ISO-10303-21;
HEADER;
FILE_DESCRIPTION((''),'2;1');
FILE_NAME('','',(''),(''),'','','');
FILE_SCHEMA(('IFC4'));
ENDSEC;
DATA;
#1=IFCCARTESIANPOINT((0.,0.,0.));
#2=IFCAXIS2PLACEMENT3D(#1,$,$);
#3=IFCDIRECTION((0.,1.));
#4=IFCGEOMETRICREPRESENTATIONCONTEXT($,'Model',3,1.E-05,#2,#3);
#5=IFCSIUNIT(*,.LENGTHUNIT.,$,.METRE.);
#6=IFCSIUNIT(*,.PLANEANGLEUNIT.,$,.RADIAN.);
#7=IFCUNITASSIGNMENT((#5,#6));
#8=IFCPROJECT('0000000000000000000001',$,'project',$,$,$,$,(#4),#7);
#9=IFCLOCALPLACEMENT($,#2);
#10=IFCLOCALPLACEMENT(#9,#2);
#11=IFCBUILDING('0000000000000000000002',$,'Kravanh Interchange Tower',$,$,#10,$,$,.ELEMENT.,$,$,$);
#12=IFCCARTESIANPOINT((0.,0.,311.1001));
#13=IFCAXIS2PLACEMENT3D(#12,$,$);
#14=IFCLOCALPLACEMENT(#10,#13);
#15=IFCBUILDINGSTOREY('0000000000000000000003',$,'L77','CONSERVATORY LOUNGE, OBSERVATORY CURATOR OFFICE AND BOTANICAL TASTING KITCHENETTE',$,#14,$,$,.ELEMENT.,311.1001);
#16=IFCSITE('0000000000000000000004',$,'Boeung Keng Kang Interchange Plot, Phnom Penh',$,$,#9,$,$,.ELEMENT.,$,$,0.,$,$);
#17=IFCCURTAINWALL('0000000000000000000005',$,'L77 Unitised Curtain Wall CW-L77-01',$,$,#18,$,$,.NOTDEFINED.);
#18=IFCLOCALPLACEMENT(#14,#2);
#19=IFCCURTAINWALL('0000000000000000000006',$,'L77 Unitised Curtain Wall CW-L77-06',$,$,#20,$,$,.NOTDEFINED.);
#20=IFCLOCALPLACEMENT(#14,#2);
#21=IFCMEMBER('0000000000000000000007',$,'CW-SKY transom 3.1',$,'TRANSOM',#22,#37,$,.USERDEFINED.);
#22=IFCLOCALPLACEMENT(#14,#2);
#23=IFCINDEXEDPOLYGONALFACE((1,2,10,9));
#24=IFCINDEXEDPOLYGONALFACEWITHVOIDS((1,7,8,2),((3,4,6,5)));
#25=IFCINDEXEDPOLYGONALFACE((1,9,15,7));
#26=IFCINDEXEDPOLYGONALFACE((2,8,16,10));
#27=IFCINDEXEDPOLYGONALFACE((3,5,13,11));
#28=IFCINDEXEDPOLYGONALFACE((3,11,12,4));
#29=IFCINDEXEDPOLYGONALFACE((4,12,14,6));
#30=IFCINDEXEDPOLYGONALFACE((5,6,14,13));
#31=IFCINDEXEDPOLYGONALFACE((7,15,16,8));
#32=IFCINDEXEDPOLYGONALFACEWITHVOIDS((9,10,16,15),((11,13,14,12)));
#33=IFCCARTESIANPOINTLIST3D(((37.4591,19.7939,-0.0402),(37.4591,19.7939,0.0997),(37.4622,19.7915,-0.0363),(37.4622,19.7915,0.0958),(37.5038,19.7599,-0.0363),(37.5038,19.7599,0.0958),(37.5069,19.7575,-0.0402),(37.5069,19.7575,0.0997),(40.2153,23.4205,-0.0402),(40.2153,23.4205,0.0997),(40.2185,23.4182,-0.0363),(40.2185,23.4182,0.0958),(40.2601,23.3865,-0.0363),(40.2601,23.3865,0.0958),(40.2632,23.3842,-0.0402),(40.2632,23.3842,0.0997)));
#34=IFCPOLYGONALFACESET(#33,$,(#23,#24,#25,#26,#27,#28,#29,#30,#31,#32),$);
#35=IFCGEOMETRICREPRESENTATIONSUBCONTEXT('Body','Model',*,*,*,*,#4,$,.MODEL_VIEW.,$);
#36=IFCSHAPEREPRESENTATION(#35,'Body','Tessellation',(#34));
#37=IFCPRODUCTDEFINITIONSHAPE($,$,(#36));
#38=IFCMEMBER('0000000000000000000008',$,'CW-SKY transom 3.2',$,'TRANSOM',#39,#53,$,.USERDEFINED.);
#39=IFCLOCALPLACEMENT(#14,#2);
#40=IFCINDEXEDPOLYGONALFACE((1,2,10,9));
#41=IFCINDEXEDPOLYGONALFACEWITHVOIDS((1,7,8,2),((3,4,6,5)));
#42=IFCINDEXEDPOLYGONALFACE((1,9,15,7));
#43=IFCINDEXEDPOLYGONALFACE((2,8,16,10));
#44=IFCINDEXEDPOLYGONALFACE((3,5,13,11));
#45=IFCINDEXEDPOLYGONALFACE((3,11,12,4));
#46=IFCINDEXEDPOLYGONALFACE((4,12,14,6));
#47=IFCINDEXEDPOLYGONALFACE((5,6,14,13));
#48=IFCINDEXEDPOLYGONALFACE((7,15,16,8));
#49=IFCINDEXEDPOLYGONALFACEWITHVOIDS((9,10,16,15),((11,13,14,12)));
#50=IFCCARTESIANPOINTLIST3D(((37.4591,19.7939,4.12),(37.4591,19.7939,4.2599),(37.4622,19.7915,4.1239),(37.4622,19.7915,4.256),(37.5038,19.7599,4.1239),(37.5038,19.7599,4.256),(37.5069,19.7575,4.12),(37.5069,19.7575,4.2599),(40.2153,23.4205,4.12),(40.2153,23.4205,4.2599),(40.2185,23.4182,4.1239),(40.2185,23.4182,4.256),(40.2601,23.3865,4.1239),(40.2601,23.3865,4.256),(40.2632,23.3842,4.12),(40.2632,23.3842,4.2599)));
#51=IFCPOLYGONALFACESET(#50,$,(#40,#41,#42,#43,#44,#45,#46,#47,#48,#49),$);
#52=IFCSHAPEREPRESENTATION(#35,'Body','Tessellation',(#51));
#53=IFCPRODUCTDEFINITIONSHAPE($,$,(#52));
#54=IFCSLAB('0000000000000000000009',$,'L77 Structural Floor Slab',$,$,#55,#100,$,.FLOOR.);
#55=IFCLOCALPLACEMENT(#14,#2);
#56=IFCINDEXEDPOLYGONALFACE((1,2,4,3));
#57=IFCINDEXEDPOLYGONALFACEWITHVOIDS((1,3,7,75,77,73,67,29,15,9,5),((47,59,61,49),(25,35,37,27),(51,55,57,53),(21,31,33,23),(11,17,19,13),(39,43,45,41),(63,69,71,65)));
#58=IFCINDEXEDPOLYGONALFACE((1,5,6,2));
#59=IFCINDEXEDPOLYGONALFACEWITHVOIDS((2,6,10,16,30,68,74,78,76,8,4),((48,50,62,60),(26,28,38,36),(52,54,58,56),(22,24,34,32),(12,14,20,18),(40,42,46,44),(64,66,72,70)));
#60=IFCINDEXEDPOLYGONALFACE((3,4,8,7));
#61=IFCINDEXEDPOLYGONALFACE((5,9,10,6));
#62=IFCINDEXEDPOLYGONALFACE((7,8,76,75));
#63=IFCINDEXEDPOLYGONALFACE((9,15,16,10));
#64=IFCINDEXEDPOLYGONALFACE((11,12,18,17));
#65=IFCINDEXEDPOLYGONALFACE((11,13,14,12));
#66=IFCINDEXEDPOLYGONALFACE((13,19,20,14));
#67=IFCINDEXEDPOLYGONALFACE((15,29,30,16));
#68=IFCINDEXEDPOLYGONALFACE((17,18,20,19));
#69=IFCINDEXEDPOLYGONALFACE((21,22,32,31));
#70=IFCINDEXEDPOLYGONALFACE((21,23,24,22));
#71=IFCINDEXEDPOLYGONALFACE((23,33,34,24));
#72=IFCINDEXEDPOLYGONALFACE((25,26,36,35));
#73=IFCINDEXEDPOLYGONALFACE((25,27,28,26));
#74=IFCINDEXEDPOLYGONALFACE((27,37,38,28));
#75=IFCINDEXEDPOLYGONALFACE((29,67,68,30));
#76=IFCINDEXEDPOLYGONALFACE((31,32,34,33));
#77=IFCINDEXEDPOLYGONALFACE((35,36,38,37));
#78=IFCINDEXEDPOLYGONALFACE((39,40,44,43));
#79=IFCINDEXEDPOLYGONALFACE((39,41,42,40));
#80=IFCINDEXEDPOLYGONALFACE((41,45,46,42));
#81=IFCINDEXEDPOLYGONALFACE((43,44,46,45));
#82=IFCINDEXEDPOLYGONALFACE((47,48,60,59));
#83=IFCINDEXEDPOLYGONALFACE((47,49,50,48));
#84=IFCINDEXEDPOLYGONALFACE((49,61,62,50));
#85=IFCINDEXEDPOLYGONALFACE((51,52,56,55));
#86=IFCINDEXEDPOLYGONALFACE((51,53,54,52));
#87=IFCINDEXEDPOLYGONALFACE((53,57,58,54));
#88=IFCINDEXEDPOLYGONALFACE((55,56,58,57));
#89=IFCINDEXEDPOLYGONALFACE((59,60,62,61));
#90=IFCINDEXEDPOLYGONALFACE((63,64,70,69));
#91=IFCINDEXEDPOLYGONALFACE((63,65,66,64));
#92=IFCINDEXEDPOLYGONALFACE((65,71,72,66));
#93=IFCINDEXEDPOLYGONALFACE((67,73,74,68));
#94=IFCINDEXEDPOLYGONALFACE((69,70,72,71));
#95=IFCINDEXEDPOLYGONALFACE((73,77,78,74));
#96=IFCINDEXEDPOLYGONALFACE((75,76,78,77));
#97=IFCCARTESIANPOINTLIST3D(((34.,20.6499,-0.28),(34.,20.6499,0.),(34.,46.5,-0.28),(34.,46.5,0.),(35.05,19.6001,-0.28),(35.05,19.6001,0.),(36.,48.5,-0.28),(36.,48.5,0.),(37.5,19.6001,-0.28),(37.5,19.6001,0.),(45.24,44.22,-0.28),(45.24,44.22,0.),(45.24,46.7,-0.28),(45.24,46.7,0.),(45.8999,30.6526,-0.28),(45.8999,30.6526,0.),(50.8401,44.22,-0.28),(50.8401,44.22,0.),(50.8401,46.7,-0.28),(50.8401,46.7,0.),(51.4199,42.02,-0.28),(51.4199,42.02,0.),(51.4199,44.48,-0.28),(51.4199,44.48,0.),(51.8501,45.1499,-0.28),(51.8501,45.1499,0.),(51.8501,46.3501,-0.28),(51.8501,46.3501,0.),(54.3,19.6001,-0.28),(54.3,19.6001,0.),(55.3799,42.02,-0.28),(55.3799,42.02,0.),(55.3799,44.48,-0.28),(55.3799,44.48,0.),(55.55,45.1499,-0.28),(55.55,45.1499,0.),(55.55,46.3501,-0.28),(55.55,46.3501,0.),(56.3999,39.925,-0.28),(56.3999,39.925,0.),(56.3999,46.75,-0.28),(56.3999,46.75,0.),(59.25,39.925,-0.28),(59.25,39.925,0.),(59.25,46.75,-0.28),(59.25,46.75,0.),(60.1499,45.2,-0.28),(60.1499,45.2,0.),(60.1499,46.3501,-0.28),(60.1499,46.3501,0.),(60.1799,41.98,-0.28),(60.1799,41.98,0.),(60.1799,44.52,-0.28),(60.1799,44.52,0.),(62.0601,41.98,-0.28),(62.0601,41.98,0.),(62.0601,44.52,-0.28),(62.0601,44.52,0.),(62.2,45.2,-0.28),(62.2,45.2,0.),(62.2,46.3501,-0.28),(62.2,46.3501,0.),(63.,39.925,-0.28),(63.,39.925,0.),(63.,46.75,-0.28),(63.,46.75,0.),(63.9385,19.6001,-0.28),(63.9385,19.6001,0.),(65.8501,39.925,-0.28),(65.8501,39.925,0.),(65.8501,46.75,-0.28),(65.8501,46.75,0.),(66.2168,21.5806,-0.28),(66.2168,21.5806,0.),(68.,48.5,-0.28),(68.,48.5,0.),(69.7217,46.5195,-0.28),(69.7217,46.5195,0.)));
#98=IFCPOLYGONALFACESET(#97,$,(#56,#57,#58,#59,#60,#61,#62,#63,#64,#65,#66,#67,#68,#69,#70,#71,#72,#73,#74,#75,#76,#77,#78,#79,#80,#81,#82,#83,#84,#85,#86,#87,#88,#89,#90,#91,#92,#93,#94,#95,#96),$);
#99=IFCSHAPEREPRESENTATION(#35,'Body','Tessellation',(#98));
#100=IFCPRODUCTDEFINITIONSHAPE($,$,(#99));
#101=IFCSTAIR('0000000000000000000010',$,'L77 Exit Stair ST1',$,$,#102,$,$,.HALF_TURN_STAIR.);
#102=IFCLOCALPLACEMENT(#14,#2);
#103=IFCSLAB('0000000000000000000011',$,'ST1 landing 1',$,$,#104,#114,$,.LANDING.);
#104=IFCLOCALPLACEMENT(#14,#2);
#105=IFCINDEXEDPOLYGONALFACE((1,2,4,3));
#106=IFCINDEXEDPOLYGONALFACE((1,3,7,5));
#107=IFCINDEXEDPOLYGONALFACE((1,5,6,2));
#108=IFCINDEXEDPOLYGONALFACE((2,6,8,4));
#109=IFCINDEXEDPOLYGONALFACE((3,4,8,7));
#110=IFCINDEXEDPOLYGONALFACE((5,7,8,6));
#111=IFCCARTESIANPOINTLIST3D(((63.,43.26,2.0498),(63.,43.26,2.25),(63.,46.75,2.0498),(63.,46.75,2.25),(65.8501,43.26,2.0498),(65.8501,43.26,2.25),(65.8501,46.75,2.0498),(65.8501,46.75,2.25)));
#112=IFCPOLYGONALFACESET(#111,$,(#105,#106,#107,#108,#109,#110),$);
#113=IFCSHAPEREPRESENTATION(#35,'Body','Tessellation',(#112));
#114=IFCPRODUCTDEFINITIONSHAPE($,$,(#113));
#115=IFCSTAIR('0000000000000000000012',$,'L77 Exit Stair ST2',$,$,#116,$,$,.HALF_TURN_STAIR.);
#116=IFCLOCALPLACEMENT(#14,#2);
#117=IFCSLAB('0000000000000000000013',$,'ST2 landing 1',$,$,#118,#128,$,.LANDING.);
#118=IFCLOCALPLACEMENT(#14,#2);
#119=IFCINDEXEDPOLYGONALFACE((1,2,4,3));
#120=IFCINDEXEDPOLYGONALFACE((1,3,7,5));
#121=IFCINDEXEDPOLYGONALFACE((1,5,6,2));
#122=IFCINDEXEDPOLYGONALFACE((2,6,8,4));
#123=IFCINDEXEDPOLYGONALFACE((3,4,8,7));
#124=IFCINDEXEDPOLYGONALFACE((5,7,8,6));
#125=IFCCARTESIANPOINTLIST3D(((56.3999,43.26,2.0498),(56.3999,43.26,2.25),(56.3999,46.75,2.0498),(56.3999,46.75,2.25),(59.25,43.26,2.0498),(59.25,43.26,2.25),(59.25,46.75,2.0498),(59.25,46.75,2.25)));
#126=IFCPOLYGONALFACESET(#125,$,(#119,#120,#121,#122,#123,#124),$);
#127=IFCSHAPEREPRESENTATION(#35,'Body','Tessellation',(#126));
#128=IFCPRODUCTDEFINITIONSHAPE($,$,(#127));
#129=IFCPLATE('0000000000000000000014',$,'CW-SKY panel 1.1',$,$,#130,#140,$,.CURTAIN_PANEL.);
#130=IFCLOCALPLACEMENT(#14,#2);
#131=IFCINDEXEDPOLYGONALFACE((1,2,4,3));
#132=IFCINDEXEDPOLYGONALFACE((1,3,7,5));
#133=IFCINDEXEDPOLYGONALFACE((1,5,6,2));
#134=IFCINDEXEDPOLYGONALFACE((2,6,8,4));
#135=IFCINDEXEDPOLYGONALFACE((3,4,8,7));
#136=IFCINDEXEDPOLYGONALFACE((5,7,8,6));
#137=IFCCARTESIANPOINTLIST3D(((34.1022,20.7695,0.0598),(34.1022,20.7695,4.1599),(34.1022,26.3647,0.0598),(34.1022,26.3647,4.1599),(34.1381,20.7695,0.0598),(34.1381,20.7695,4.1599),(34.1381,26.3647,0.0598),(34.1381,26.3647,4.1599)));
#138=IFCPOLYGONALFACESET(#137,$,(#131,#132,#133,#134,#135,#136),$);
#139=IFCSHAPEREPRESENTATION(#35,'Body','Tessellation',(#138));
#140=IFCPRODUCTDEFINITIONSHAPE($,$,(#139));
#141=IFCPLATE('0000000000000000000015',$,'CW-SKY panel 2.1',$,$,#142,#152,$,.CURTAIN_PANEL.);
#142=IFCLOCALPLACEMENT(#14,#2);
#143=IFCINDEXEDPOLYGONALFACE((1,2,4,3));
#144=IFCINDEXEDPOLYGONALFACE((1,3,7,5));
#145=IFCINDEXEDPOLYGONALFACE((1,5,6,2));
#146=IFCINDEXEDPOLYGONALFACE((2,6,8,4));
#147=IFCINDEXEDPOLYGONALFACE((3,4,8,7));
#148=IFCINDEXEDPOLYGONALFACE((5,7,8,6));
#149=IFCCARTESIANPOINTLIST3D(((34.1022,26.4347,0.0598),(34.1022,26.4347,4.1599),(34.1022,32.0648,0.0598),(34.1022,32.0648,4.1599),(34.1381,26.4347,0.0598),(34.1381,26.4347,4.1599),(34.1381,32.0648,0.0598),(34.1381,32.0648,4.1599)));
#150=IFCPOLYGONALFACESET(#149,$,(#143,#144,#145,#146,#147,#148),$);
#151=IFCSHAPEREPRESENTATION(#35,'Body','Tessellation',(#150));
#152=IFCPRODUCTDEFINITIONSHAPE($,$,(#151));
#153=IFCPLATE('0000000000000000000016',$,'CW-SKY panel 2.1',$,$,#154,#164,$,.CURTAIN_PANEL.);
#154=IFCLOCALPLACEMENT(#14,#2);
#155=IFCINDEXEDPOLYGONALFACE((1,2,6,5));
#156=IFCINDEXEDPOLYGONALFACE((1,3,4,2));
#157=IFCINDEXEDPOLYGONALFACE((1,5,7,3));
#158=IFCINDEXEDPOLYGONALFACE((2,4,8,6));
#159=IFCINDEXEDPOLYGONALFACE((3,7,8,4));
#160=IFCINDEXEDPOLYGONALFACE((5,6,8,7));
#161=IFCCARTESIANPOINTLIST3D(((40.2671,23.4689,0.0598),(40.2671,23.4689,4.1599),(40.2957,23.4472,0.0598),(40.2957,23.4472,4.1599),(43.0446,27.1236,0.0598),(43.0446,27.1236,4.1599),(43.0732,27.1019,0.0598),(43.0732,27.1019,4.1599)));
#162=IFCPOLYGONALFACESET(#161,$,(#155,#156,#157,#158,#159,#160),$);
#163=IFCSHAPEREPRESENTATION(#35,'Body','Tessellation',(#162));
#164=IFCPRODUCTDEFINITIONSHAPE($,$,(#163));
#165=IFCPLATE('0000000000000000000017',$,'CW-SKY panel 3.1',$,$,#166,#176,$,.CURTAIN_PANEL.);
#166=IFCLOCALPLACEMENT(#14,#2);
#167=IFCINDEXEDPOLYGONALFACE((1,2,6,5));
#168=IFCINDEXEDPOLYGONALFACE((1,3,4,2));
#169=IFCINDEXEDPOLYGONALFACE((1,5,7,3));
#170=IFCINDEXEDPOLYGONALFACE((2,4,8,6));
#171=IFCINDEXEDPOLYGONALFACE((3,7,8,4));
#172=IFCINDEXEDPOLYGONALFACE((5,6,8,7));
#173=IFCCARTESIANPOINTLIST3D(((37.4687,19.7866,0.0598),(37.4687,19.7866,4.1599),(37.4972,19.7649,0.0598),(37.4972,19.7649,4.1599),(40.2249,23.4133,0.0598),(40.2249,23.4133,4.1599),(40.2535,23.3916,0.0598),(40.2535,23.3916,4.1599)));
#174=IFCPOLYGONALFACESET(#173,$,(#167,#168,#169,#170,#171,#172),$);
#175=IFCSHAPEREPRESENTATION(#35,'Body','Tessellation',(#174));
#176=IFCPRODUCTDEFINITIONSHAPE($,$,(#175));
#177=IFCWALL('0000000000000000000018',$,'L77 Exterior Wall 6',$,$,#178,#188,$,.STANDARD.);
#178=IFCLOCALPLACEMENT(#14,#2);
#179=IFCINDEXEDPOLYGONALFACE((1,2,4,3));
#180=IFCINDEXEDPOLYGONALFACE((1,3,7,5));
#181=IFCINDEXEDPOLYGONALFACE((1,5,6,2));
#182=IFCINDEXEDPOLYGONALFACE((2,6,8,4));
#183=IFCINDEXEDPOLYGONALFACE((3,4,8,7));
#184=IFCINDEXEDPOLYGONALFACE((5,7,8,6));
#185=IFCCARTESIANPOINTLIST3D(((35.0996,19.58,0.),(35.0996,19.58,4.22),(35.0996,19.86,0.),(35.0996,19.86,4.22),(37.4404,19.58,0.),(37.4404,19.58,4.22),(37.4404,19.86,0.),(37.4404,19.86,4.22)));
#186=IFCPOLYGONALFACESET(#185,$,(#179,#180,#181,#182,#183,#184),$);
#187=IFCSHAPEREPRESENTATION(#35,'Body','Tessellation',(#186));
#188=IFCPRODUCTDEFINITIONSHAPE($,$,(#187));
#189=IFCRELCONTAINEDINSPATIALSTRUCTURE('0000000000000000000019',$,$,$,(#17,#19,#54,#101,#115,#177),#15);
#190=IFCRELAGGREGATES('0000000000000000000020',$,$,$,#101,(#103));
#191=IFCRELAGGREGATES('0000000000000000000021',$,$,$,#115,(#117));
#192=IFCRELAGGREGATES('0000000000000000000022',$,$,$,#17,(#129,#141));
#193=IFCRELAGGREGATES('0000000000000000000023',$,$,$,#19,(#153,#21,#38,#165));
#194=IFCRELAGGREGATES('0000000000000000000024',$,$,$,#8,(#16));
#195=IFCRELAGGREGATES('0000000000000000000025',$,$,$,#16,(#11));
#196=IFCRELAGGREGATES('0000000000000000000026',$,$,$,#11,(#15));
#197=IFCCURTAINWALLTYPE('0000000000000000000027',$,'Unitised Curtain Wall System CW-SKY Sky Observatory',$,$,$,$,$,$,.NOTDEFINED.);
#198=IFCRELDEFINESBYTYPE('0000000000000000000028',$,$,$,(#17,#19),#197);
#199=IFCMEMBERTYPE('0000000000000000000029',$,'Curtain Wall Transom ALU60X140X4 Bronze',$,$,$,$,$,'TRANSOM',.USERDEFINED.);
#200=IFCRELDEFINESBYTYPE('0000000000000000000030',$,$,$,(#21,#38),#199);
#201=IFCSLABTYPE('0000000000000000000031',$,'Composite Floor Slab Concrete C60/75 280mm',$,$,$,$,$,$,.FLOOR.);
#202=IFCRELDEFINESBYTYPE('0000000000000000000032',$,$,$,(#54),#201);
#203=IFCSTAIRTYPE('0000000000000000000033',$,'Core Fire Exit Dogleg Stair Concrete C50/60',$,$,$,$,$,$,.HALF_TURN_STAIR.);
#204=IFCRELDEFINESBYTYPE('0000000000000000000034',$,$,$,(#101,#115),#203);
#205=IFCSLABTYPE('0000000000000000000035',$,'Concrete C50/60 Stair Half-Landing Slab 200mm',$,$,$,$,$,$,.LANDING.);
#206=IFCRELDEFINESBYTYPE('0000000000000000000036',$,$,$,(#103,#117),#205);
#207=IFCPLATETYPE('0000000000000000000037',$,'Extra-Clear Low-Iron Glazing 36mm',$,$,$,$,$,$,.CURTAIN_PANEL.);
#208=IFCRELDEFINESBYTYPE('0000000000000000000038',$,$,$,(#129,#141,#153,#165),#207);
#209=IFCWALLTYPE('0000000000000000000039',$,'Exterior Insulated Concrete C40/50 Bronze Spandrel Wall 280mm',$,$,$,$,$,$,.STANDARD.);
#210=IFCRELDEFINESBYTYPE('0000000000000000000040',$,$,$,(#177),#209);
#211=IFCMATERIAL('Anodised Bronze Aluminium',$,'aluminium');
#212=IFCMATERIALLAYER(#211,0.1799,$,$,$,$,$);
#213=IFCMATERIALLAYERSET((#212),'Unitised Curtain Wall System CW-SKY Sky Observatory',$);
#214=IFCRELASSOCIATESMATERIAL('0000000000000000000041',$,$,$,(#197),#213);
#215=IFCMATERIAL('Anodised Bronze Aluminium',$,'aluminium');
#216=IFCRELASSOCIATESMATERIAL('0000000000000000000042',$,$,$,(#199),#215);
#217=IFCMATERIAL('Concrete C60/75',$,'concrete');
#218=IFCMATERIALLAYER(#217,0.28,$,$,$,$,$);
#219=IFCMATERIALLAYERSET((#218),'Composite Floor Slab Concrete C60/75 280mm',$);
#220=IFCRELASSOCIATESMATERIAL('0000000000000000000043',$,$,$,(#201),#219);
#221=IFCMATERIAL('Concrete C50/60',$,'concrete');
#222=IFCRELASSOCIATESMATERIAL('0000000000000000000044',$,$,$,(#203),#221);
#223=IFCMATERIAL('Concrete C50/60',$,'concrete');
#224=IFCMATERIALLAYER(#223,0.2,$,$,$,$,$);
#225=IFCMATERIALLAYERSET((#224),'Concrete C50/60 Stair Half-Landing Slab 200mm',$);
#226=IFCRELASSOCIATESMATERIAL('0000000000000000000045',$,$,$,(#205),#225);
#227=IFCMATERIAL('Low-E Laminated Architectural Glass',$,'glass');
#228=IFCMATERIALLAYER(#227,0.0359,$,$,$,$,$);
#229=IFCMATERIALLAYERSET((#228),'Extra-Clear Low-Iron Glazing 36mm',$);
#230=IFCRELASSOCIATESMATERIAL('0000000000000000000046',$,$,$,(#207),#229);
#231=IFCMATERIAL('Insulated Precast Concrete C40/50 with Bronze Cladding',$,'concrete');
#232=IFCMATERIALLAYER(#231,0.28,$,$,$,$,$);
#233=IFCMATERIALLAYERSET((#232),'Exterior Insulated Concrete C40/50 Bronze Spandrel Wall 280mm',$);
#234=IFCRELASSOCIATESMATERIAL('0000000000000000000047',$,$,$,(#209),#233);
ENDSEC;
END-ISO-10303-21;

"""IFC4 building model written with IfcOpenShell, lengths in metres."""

from ifc_helpers import new_model, si_unit, direction, frame, frame_2d, origin, origin_2d, place, context, subcontext, project, spatial, polyline, rectangle, hollow_rectangle, outline, extrude, material, layer, layer_set, material_profile, profile_set, type_object, element, aggregate, save


model = new_model("IFC4")

# Units and contexts
model_context = context("Model", 3, precision=1e-05, world=origin(), true_north=direction((0.0, 1.0)))
body_context = subcontext(model_context, "Body", "Model", "MODEL_VIEW")
ifc_project = project(units=[si_unit("LENGTHUNIT", "METRE"), si_unit("PLANEANGLEUNIT", "RADIAN")], contexts=[model_context])

# Site, building, storey
site_placement = place(None, origin())
site = spatial("IfcSite", under=ifc_project, at=site_placement, Name="Boeung Keng Kang Interchange Plot, Phnom Penh", CompositionType="ELEMENT", RefElevation=0.0)
building_placement = place(site_placement, origin())
building = spatial("IfcBuilding", under=site, at=building_placement, Name="Kravanh Interchange Tower", CompositionType="ELEMENT")
storey_placement = place(building_placement, frame((0.0, 0.0, 311.1001)))
storey = spatial("IfcBuildingStorey", under=building, at=storey_placement, Name="L77", Description="CONSERVATORY LOUNGE, OBSERVATORY CURATOR OFFICE AND BOTANICAL TASTING KITCHENETTE", CompositionType="ELEMENT", Elevation=311.1001)

# Curtain walls
ifc_material_1 = material(Name="Anodised Bronze Aluminium", Category="aluminium")
ifc_layer_1 = layer(ifc_material_1, 0.1799)
ifc_layer_set_1 = layer_set([ifc_layer_1], Name="Unitised Curtain Wall System CW-SKY Sky Observatory")
curtain_wall_type = type_object("IfcCurtainWallType", Name="Unitised Curtain Wall System CW-SKY Sky Observatory", PredefinedType="NOTDEFINED", material=ifc_layer_set_1)
curtain_wall_1_placement = place(storey_placement, origin())
curtain_wall_1 = element("IfcCurtainWall", 1, at=curtain_wall_1_placement, inside=storey, type_object=curtain_wall_type, Name="L77 Unitised Curtain Wall CW-L77-01", PredefinedType="NOTDEFINED")
curtain_wall_2_placement = place(storey_placement, origin())
curtain_wall_2 = element("IfcCurtainWall", 2, at=curtain_wall_2_placement, inside=storey, type_object=curtain_wall_type, Name="L77 Unitised Curtain Wall CW-L77-06", PredefinedType="NOTDEFINED")

# Members
ifc_material_2 = material(Name="Anodised Bronze Aluminium", Category="aluminium")
ifc_material_profile_1 = material_profile(ifc_material_2, hollow_rectangle(XDim=0.0601, YDim=0.1399, WallThickness=0.0039, at=origin_2d()), Name="ALU60X140X4")
ifc_profile_set_1 = profile_set([ifc_material_profile_1], Name="Anodised Bronze Aluminium")
member_type_1 = type_object("IfcMemberType", Name="Curtain Wall Transom ALU60X140X4 Bronze", ElementType="TRANSOM", PredefinedType="USERDEFINED", material=ifc_profile_set_1)
member_1_placement = place(storey_placement, frame((40.2393, 23.4023, 0.0298), z_axis=(-0.60509, -0.796157, 0.0), x_axis=(0.796157, -0.60509, 0.0)))
member_1 = element("IfcMember", 3, at=member_1_placement, type_object=member_type_1, Name="CW-SKY transom 3.1", ObjectType="TRANSOM", PredefinedType="USERDEFINED", context=body_context, shape_type="SweptSolid", body=[
    extrude(hollow_rectangle(XDim=0.0601, YDim=0.1399, WallThickness=0.0039, at=origin_2d()), origin(), (0.0, 0.0, 1.0), 4.5552),
])
member_2_placement = place(storey_placement, frame((40.2393, 23.4023, 4.1899), z_axis=(-0.60509, -0.796157, 0.0), x_axis=(0.796157, -0.60509, 0.0)))
member_2 = element("IfcMember", 4, at=member_2_placement, type_object=member_type_1, Name="CW-SKY transom 3.2", ObjectType="TRANSOM", PredefinedType="USERDEFINED", context=body_context, shape_type="SweptSolid", body=[
    extrude(hollow_rectangle(XDim=0.0601, YDim=0.1399, WallThickness=0.0039, at=origin_2d()), origin(), (0.0, 0.0, 1.0), 4.5552),
])

# Slab
ifc_material_3 = material(Name="Concrete C60/75", Category="concrete")
ifc_layer_2 = layer(ifc_material_3, 0.28)
ifc_layer_set_2 = layer_set([ifc_layer_2], Name="Composite Floor Slab Concrete C60/75 280mm")
slab_type_1 = type_object("IfcSlabType", Name="Composite Floor Slab Concrete C60/75 280mm", PredefinedType="FLOOR", material=ifc_layer_set_2)
slab_1_placement = place(storey_placement, frame((0.0, 0.0, -0.28)))
element("IfcSlab", 5, at=slab_1_placement, inside=storey, type_object=slab_type_1, Name="L77 Structural Floor Slab", PredefinedType="FLOOR", context=body_context, shape_type="SweptSolid", body=[
    extrude(outline(polyline([(34.0, 20.6499), (35.05, 19.6001), (37.5, 19.6001), (45.8999, 30.6526), (54.3, 19.6001), (63.9385, 19.6001), (66.2168, 21.5806), (69.7217, 46.5195), (68.0, 48.5), (36.0, 48.5), (34.0, 46.5), (34.0, 20.6499)]), holes=[polyline([(65.8501, 39.925), (65.8501, 46.75), (63.0, 46.75), (63.0, 39.925), (65.8501, 39.925)]), polyline([(59.25, 39.925), (59.25, 46.75), (56.3999, 46.75), (56.3999, 39.925), (59.25, 39.925)]), polyline([(45.24, 44.22), (50.8401, 44.22), (50.8401, 46.7), (45.24, 46.7), (45.24, 44.22)]), polyline([(51.4199, 42.02), (55.3799, 42.02), (55.3799, 44.48), (51.4199, 44.48), (51.4199, 42.02)]), polyline([(60.1799, 41.98), (62.0601, 41.98), (62.0601, 44.52), (60.1799, 44.52), (60.1799, 41.98)]), polyline([(60.1499, 45.2), (62.2, 45.2), (62.2, 46.3501), (60.1499, 46.3501), (60.1499, 45.2)]), polyline([(51.8501, 45.1499), (55.55, 45.1499), (55.55, 46.3501), (51.8501, 46.3501), (51.8501, 45.1499)])]), origin(), (0.0, 0.0, 1.0), 0.28),
])

# Stairs, slabs
ifc_material_4 = material(Name="Concrete C50/60", Category="concrete")
stair_type = type_object("IfcStairType", Name="Core Fire Exit Dogleg Stair Concrete C50/60", PredefinedType="HALF_TURN_STAIR", material=ifc_material_4)
stair_1_placement = place(storey_placement, origin())
stair_1 = element("IfcStair", 6, at=stair_1_placement, inside=storey, type_object=stair_type, Name="L77 Exit Stair ST1", PredefinedType="HALF_TURN_STAIR")
ifc_material_5 = material(Name="Concrete C50/60", Category="concrete")
ifc_layer_3 = layer(ifc_material_5, 0.2)
ifc_layer_set_3 = layer_set([ifc_layer_3], Name="Concrete C50/60 Stair Half-Landing Slab 200mm")
slab_type_2 = type_object("IfcSlabType", Name="Concrete C50/60 Stair Half-Landing Slab 200mm", PredefinedType="LANDING", material=ifc_layer_set_3)
slab_2_placement = place(storey_placement, frame((0.0, 0.0, 2.0498)))
slab_2 = element("IfcSlab", 7, at=slab_2_placement, type_object=slab_type_2, Name="ST1 landing 1", PredefinedType="LANDING", context=body_context, shape_type="SweptSolid", body=[
    extrude(outline(polyline([(65.8501, 43.26), (65.8501, 46.75), (63.0, 46.75), (63.0, 43.26), (65.8501, 43.26)])), origin(), (0.0, 0.0, 1.0), 0.2002),
])
aggregate(stair_1, [slab_2])
stair_2_placement = place(storey_placement, origin())
stair_2 = element("IfcStair", 8, at=stair_2_placement, inside=storey, type_object=stair_type, Name="L77 Exit Stair ST2", PredefinedType="HALF_TURN_STAIR")
slab_3_placement = place(storey_placement, frame((0.0, 0.0, 2.0498)))
slab_3 = element("IfcSlab", 9, at=slab_3_placement, type_object=slab_type_2, Name="ST2 landing 1", PredefinedType="LANDING", context=body_context, shape_type="SweptSolid", body=[
    extrude(outline(polyline([(59.25, 43.26), (59.25, 46.75), (56.3999, 46.75), (56.3999, 43.26), (59.25, 43.26)])), origin(), (0.0, 0.0, 1.0), 0.2002),
])
aggregate(stair_2, [slab_3])

# Plates
ifc_material_6 = material(Name="Low-E Laminated Architectural Glass", Category="glass")
ifc_layer_4 = layer(ifc_material_6, 0.0359)
ifc_layer_set_4 = layer_set([ifc_layer_4], Name="Extra-Clear Low-Iron Glazing 36mm")
plate_type = type_object("IfcPlateType", Name="Extra-Clear Low-Iron Glazing 36mm", PredefinedType="CURTAIN_PANEL", material=ifc_layer_set_4)
plate_1_placement = place(storey_placement, frame((34.1201, 23.5671, 0.0598), z_axis=(0.0, 0.0, 1.0), x_axis=(0.0, 1.0, 0.0)))
plate_1 = element("IfcPlate", 10, at=plate_1_placement, type_object=plate_type, Name="CW-SKY panel 1.1", PredefinedType="CURTAIN_PANEL", context=body_context, shape_type="SweptSolid", body=[
    extrude(rectangle(XDim=5.5952, YDim=0.0359, at=origin_2d()), origin(), (0.0, 0.0, 1.0), 4.1001),
])
plate_2_placement = place(storey_placement, frame((34.1201, 29.2498, 0.0598), z_axis=(0.0, 0.0, 1.0), x_axis=(0.0, 1.0, 0.0)))
plate_2 = element("IfcPlate", 11, at=plate_2_placement, type_object=plate_type, Name="CW-SKY panel 2.1", PredefinedType="CURTAIN_PANEL", context=body_context, shape_type="SweptSolid", body=[
    extrude(rectangle(XDim=5.6301, YDim=0.0359, at=origin_2d()), origin(), (0.0, 0.0, 1.0), 4.1001),
])
aggregate(curtain_wall_1, [plate_1, plate_2])
plate_3_placement = place(storey_placement, frame((41.6702, 25.2854, 0.0598), z_axis=(0.0, 0.0, 1.0), x_axis=(-0.605084, -0.796162, 0.0)))
plate_3 = element("IfcPlate", 12, at=plate_3_placement, type_object=plate_type, Name="CW-SKY panel 2.1", PredefinedType="CURTAIN_PANEL", context=body_context, shape_type="SweptSolid", body=[
    extrude(rectangle(XDim=4.5903, YDim=0.0359, at=origin_2d()), origin(), (0.0, 0.0, 1.0), 4.1001),
])
plate_4_placement = place(storey_placement, frame((38.8611, 21.5891, 0.0598), z_axis=(0.0, 0.0, 1.0), x_axis=(-0.605084, -0.796162, 0.0)))
plate_4 = element("IfcPlate", 13, at=plate_4_placement, type_object=plate_type, Name="CW-SKY panel 3.1", PredefinedType="CURTAIN_PANEL", context=body_context, shape_type="SweptSolid", body=[
    extrude(rectangle(XDim=4.5552, YDim=0.0359, at=origin_2d()), origin(), (0.0, 0.0, 1.0), 4.1001),
])
aggregate(curtain_wall_2, [plate_3, member_1, member_2, plate_4])

# Wall
ifc_material_7 = material(Name="Insulated Precast Concrete C40/50 with Bronze Cladding", Category="concrete")
ifc_layer_5 = layer(ifc_material_7, 0.28)
ifc_layer_set_5 = layer_set([ifc_layer_5], Name="Exterior Insulated Concrete C40/50 Bronze Spandrel Wall 280mm")
wall_type = type_object("IfcWallType", Name="Exterior Insulated Concrete C40/50 Bronze Spandrel Wall 280mm", PredefinedType="STANDARD", material=ifc_layer_set_5)
wall_1_placement = place(storey_placement, frame((37.4404, 19.72, 0.0), z_axis=(0.0, 0.0, 1.0), x_axis=(-1.0, 0.0, 0.0)))
element("IfcWall", 14, at=wall_1_placement, inside=storey, type_object=wall_type, Name="L77 Exterior Wall 6", PredefinedType="STANDARD", context=body_context, shape_type="SweptSolid", body=[
    extrude(rectangle(XDim=2.3408, YDim=0.28, at=frame_2d((1.1704, 0.0))), origin(), (0.0, 0.0, 1.0), 4.22),
])

save(model, "model.ifc")
